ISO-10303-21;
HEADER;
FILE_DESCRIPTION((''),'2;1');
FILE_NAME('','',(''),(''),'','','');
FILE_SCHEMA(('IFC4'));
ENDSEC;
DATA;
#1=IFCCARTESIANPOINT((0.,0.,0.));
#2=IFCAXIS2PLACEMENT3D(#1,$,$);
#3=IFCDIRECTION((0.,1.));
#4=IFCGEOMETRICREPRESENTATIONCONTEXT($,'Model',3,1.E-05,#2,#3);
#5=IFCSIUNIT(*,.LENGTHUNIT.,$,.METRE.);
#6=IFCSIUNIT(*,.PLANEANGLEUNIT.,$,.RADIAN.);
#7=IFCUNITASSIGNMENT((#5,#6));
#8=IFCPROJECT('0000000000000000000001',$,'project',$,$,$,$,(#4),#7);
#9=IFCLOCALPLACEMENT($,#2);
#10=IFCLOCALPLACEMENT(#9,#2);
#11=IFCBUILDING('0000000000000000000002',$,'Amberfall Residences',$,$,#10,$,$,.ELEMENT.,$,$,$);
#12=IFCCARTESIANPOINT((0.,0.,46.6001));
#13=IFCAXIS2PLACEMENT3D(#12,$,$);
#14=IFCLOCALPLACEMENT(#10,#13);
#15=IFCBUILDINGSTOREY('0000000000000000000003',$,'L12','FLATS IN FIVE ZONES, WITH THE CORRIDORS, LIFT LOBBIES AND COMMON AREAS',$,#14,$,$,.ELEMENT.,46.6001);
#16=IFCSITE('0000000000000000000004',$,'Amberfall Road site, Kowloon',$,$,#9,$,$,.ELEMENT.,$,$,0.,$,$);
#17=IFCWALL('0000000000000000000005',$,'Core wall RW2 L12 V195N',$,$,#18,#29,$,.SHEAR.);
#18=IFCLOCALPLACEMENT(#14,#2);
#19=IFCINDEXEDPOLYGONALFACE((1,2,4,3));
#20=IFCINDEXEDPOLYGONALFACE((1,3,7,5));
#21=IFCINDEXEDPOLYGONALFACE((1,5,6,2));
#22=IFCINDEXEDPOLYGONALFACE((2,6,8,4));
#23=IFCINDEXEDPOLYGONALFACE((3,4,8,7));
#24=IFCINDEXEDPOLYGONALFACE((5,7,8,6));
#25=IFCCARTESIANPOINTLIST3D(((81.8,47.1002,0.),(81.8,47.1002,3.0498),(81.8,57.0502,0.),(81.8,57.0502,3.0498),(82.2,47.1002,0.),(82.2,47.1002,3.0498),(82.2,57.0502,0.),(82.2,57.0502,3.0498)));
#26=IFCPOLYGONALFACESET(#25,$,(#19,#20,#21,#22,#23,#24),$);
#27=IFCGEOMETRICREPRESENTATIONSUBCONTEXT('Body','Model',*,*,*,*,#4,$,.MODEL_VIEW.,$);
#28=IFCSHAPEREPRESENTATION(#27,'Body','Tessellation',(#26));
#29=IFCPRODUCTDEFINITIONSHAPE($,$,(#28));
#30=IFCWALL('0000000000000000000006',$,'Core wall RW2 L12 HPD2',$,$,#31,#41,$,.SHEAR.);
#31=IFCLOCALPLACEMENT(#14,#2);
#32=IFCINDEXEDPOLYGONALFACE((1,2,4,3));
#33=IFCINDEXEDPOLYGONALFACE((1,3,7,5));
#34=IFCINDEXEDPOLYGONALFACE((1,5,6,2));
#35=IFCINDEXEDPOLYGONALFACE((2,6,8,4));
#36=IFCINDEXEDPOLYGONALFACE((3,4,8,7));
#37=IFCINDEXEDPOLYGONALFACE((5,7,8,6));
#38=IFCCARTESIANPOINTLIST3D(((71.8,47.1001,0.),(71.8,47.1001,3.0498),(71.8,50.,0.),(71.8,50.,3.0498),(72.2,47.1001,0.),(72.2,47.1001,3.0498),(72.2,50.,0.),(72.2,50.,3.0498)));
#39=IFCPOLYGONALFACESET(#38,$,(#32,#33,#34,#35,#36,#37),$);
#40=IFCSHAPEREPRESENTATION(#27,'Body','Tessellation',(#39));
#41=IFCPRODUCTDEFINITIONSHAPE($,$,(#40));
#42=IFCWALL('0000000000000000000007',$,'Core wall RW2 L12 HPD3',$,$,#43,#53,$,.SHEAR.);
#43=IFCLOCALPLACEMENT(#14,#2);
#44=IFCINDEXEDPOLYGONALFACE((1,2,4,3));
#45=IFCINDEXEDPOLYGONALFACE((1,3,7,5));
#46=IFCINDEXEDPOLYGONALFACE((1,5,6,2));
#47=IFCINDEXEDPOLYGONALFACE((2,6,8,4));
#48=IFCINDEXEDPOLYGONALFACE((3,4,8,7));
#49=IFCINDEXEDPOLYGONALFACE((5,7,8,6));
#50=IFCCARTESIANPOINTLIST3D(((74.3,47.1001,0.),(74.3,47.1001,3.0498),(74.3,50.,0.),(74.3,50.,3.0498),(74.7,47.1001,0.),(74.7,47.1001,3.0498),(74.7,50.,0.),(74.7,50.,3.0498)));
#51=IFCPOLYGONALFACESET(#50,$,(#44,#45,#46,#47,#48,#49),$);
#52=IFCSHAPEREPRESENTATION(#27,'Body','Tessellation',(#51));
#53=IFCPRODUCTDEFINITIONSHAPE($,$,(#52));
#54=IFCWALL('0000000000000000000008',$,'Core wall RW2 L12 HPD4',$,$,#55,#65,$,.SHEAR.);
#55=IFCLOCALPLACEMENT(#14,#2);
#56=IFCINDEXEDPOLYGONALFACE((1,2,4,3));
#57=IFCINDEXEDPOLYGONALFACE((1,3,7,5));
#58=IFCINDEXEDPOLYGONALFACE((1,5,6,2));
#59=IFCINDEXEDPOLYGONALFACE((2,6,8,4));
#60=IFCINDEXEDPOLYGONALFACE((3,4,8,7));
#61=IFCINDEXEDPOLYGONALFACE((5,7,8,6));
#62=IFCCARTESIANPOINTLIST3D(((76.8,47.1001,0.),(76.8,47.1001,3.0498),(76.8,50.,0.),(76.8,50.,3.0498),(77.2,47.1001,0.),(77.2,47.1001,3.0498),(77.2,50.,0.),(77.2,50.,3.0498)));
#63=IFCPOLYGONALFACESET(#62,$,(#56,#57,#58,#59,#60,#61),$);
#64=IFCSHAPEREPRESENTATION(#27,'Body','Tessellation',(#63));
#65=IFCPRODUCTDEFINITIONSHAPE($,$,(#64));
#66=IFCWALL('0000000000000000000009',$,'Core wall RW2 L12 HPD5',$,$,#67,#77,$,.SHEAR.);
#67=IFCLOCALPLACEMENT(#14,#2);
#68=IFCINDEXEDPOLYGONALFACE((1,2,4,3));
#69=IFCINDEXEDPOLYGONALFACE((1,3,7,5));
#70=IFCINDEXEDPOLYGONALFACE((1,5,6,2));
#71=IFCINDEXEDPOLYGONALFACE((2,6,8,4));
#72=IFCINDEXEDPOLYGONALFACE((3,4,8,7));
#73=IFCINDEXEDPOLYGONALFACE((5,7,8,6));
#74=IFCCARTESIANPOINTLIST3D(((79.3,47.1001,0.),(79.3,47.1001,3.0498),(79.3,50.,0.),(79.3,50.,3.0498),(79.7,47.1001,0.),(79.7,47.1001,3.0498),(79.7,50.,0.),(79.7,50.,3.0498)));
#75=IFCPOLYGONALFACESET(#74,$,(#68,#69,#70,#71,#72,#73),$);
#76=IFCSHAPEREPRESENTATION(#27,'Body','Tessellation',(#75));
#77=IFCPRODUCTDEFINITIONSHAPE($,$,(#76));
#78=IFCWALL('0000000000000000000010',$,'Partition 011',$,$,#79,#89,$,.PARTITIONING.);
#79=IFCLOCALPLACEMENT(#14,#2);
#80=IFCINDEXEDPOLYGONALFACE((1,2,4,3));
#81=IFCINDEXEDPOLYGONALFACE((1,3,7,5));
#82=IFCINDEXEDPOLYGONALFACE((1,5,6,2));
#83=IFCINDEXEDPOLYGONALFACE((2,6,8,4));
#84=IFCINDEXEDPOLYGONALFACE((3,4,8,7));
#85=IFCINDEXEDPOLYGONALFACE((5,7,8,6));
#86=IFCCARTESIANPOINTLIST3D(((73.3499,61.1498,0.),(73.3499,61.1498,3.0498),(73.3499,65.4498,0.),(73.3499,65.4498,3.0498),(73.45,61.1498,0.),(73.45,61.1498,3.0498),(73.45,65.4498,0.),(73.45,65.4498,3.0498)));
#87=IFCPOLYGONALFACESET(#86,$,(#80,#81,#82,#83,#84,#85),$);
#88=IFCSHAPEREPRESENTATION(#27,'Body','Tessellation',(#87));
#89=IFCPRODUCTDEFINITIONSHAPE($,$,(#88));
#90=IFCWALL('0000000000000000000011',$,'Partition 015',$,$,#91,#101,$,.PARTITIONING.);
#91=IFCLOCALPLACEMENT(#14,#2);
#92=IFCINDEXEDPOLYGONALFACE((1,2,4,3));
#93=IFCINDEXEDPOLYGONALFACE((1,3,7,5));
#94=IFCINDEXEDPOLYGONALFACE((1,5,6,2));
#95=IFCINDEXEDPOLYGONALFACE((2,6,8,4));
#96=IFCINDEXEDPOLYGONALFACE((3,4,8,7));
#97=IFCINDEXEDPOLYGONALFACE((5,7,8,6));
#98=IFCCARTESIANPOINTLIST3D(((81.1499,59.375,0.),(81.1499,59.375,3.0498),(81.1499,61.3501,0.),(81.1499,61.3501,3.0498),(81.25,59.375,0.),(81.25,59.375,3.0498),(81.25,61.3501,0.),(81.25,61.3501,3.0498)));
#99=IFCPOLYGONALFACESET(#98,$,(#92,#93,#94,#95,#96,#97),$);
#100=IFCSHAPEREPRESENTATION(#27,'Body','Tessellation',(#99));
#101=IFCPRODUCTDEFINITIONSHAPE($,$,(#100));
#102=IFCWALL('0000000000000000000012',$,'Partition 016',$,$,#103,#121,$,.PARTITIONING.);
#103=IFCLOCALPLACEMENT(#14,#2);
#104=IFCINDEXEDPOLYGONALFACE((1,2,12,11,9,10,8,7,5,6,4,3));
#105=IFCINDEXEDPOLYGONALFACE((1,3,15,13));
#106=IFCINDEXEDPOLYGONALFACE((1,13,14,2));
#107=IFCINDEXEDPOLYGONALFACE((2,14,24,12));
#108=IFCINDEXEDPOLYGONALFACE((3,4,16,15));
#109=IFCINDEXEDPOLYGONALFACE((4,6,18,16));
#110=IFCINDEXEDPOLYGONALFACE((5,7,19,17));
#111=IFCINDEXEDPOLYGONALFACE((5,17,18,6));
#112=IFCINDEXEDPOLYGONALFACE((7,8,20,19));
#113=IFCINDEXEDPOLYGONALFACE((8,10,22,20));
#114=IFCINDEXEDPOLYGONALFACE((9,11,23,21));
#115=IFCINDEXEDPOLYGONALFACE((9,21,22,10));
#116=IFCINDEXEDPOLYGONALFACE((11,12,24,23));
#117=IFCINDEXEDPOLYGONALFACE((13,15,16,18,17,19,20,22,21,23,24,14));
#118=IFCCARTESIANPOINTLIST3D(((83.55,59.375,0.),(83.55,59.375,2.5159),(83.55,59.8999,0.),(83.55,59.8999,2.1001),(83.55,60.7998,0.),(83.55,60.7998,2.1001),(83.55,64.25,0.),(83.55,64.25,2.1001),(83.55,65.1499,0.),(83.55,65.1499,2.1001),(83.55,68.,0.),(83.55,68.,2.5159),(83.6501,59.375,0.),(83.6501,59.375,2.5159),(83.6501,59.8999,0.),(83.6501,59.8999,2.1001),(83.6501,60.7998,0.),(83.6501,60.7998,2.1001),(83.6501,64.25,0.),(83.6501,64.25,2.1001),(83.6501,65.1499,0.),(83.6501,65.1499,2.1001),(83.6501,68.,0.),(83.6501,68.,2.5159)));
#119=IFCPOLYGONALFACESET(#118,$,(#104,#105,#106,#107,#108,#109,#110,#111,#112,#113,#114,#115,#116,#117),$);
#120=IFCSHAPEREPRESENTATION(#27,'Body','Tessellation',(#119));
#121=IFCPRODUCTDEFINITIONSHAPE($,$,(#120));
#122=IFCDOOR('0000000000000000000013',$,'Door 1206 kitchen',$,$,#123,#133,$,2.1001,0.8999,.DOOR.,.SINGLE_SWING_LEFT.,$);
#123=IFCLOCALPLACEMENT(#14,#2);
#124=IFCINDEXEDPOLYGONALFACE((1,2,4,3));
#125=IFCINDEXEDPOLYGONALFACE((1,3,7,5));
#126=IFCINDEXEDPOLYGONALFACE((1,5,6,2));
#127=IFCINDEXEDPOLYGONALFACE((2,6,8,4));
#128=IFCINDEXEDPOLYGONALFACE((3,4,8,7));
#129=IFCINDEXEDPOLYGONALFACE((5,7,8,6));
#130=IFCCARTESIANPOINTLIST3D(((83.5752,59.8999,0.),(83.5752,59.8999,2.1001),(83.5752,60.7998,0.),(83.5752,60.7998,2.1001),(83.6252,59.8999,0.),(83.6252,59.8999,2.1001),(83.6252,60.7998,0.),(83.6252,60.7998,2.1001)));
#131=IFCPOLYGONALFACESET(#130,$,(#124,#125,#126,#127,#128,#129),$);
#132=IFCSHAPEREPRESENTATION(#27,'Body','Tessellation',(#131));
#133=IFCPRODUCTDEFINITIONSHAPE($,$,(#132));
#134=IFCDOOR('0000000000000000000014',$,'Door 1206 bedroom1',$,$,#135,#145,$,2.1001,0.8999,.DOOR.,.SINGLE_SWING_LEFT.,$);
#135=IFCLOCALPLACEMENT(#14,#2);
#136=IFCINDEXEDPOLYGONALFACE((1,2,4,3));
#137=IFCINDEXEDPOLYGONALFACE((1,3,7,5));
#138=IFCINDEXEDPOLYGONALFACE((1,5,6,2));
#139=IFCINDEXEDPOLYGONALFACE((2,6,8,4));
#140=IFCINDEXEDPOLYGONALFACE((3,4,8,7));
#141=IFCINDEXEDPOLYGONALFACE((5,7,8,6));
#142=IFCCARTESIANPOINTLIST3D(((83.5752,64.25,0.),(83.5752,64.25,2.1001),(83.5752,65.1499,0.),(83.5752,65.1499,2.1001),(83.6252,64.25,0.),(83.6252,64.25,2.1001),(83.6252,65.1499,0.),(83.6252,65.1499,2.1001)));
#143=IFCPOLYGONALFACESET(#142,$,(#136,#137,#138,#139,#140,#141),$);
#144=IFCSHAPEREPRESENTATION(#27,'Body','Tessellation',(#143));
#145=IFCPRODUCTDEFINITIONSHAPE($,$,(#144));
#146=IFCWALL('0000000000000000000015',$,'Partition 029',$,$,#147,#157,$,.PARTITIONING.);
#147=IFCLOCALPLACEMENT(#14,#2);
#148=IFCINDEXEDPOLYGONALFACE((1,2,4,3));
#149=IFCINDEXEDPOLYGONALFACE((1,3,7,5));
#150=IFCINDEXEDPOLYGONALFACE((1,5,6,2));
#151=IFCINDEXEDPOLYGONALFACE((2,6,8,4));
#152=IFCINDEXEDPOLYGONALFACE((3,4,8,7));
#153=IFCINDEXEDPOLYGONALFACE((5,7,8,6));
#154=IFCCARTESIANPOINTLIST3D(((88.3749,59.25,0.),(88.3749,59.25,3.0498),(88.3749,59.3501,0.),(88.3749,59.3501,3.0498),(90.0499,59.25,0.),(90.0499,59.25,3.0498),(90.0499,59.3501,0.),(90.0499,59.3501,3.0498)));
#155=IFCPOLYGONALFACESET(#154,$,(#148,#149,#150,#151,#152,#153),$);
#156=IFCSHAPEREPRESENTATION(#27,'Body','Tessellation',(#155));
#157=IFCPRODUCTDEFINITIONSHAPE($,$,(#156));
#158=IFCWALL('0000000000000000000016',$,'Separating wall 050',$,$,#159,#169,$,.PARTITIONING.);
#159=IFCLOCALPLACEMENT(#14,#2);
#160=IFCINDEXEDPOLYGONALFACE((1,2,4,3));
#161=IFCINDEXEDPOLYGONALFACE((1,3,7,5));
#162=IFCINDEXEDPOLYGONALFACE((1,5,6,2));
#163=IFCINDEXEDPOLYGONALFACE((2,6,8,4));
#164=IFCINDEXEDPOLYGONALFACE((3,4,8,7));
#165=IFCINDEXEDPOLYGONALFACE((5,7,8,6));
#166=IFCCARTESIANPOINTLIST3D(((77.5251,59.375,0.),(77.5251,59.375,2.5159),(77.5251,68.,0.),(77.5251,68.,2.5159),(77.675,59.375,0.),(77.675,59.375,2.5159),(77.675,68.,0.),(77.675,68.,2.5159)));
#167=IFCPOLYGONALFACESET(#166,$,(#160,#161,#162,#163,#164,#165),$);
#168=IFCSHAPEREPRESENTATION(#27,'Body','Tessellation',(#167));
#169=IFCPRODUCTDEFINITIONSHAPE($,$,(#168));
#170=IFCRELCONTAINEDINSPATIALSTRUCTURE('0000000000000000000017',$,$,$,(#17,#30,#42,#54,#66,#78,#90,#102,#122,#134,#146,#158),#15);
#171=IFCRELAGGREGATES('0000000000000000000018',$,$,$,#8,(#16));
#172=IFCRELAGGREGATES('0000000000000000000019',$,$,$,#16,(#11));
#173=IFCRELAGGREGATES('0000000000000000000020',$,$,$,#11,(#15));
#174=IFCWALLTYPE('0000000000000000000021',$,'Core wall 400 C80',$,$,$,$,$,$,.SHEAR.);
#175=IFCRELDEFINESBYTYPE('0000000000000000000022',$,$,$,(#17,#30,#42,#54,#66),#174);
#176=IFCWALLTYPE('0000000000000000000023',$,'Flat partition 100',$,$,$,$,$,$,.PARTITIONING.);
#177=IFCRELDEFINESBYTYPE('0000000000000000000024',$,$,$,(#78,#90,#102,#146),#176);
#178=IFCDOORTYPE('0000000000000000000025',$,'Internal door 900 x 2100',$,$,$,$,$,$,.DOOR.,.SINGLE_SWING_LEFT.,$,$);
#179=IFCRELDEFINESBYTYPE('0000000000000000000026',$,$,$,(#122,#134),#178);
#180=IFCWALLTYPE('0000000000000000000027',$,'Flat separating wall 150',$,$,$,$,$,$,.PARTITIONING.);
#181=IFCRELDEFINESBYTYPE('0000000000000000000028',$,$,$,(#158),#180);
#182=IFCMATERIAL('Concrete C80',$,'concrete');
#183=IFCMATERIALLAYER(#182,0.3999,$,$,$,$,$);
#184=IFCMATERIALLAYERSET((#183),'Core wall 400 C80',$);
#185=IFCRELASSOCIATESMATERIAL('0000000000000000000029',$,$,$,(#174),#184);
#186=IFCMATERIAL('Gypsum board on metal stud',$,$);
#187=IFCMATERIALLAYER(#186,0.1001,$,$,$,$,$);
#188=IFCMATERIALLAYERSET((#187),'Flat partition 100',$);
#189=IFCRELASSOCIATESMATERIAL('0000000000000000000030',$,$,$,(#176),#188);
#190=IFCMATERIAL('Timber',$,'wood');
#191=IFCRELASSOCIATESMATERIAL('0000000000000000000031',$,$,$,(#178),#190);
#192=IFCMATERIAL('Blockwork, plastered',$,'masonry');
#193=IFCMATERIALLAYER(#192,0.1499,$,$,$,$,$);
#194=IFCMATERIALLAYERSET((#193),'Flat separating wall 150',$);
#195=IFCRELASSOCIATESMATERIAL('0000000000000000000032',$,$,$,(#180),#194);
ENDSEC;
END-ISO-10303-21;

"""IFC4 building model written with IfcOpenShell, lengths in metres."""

from ifc_helpers import new_model, si_unit, direction, frame, frame_2d, origin, place, context, subcontext, project, spatial, rectangle, extrude, material, layer, layer_set, type_object, element, fill, save


model = new_model("IFC4")

# Units and contexts
model_context = context("Model", 3, precision=1e-05, world=origin(), true_north=direction((0.0, 1.0)))
body_context = subcontext(model_context, "Body", "Model", "MODEL_VIEW")
ifc_project = project(units=[si_unit("LENGTHUNIT", "METRE"), si_unit("PLANEANGLEUNIT", "RADIAN")], contexts=[model_context])

# Site, building, storey
site_placement = place(None, origin())
site = spatial("IfcSite", under=ifc_project, at=site_placement, Name="Amberfall Road site, Kowloon", CompositionType="ELEMENT", RefElevation=0.0)
building_placement = place(site_placement, origin())
building = spatial("IfcBuilding", under=site, at=building_placement, Name="Amberfall Residences", CompositionType="ELEMENT")
storey_placement = place(building_placement, frame((0.0, 0.0, 46.6001)))
storey = spatial("IfcBuildingStorey", under=building, at=storey_placement, Name="L12", Description="FLATS IN FIVE ZONES, WITH THE CORRIDORS, LIFT LOBBIES AND COMMON AREAS", CompositionType="ELEMENT", Elevation=46.6001)

# Walls
ifc_material_1 = material(Name="Concrete C80", Category="concrete")
ifc_layer_1 = layer(ifc_material_1, 0.3999)
ifc_layer_set_1 = layer_set([ifc_layer_1], Name="Core wall 400 C80")
wall_type_1 = type_object("IfcWallType", Name="Core wall 400 C80", PredefinedType="SHEAR", material=ifc_layer_set_1)
wall_1_placement = place(storey_placement, frame((82.0, 47.1001, 0.0), z_axis=(0.0, 0.0, 1.0), x_axis=(0.0, 1.0, 0.0)))
element("IfcWall", 1, at=wall_1_placement, inside=storey, type_object=wall_type_1, Name="Core wall RW2 L12 V195N", PredefinedType="SHEAR", context=body_context, shape_type="SweptSolid", body=[
    extrude(rectangle(XDim=9.95, YDim=0.3999, at=frame_2d((4.9751, 0.0))), origin(), (0.0, 0.0, 1.0), 3.0498),
])
for number, where, z_axis, x_axis, name in (
    (2, (72.0, 47.1001, 0.0), (0.0, 0.0, 1.0), (0.0, 1.0, 0.0), "Core wall RW2 L12 HPD2"),
    (3, (74.5, 47.1001, 0.0), (0.0, 0.0, 1.0), (0.0, 1.0, 0.0), "Core wall RW2 L12 HPD3"),
    (4, (77.0, 47.1001, 0.0), (0.0, 0.0, 1.0), (0.0, 1.0, 0.0), "Core wall RW2 L12 HPD4"),
    (5, (79.5, 47.1001, 0.0), (0.0, 0.0, 1.0), (0.0, 1.0, 0.0), "Core wall RW2 L12 HPD5"),
):
    element("IfcWall", number, at=place(storey_placement, frame(where, z_axis=z_axis, x_axis=x_axis)), inside=storey, type_object=wall_type_1, Name=name, PredefinedType="SHEAR", context=body_context, shape_type="SweptSolid", body=[
        extrude(rectangle(XDim=2.8999, YDim=0.3999, at=frame_2d((1.45, 0.0))), origin(), (0.0, 0.0, 1.0), 3.0498),
    ])
ifc_material_2 = material(Name="Gypsum board on metal stud")
ifc_layer_2 = layer(ifc_material_2, 0.1001)
ifc_layer_set_2 = layer_set([ifc_layer_2], Name="Flat partition 100")
wall_type_2 = type_object("IfcWallType", Name="Flat partition 100", PredefinedType="PARTITIONING", material=ifc_layer_set_2)
wall_2_placement = place(storey_placement, frame((73.3999, 61.1499, 0.0), z_axis=(0.0, 0.0, 1.0), x_axis=(0.0, 1.0, 0.0)))
element("IfcWall", 6, at=wall_2_placement, inside=storey, type_object=wall_type_2, Name="Partition 011", PredefinedType="PARTITIONING", context=body_context, shape_type="SweptSolid", body=[
    extrude(rectangle(XDim=4.3, YDim=0.1001, at=frame_2d((2.1499, 0.0))), origin(), (0.0, 0.0, 1.0), 3.0498),
])
wall_3_placement = place(storey_placement, frame((81.2, 59.375, 0.0), z_axis=(0.0, 0.0, 1.0), x_axis=(0.0, 1.0, 0.0)))
element("IfcWall", 7, at=wall_3_placement, inside=storey, type_object=wall_type_2, Name="Partition 015", PredefinedType="PARTITIONING", context=body_context, shape_type="SweptSolid", body=[
    extrude(rectangle(XDim=1.9751, YDim=0.1001, at=frame_2d((0.9875, 0.0))), origin(), (0.0, 0.0, 1.0), 3.0498),
])

# Wall, openings, doors
wall_4_placement = place(storey_placement, frame((83.6001, 59.375, 0.0), z_axis=(0.0, 0.0, 1.0), x_axis=(0.0, 1.0, 0.0)))
wall_4 = element("IfcWall", 8, at=wall_4_placement, inside=storey, type_object=wall_type_2, Name="Partition 016", PredefinedType="PARTITIONING", context=body_context, shape_type="SweptSolid", body=[
    extrude(rectangle(XDim=8.625, YDim=0.1001, at=frame_2d((4.3125, 0.0))), origin(), (0.0, 0.0, 1.0), 2.5159),
])
opening_1_placement = place(wall_4_placement, frame((0.5249, 0.0, 0.0)))
opening_1 = element("IfcOpeningElement", 9, at=opening_1_placement, cuts=wall_4, PredefinedType="OPENING", context=body_context, shape_type="SweptSolid", body=[
    extrude(rectangle(XDim=0.8999, YDim=2.1001, at=frame_2d((0.45, 1.05))), frame((0.0, 0.0601, 0.0), z_axis=(0.0, -1.0, 0.0), x_axis=(1.0, 0.0, 0.0)), (0.0, 0.0, 1.0), 0.1201),
])
opening_2_placement = place(wall_4_placement, frame((4.875, 0.0, 0.0)))
opening_2 = element("IfcOpeningElement", 10, at=opening_2_placement, cuts=wall_4, PredefinedType="OPENING", context=body_context, shape_type="SweptSolid", body=[
    extrude(rectangle(XDim=0.8999, YDim=2.1001, at=frame_2d((0.45, 1.05))), frame((0.0, 0.0601, 0.0), z_axis=(0.0, -1.0, 0.0), x_axis=(1.0, 0.0, 0.0)), (0.0, 0.0, 1.0), 0.1201),
])
ifc_material_3 = material(Name="Timber", Category="wood")
door_type_1 = type_object("IfcDoorType", Name="Internal door 900 x 2100", OperationType="SINGLE_SWING_LEFT", PredefinedType="DOOR", material=ifc_material_3)
door_1_placement = place(opening_1_placement, origin())
door_1 = element("IfcDoor", 11, at=door_1_placement, inside=storey, type_object=door_type_1, Name="Door 1206 kitchen", OperationType="SINGLE_SWING_LEFT", OverallHeight=2.1001, OverallWidth=0.8999, PredefinedType="DOOR", context=body_context, shape_type="SweptSolid", body=[
    extrude(rectangle(XDim=0.8999, YDim=2.1001, at=frame_2d((0.45, 1.05))), frame((0.0, 0.0249, 0.0), z_axis=(0.0, -1.0, 0.0), x_axis=(1.0, 0.0, 0.0)), (0.0, 0.0, 1.0), 0.05),
])
fill(opening_1, door_1)
door_2_placement = place(opening_2_placement, origin())
door_2 = element("IfcDoor", 12, at=door_2_placement, inside=storey, type_object=door_type_1, Name="Door 1206 bedroom1", OperationType="SINGLE_SWING_LEFT", OverallHeight=2.1001, OverallWidth=0.8999, PredefinedType="DOOR", context=body_context, shape_type="SweptSolid", body=[
    extrude(rectangle(XDim=0.8999, YDim=2.1001, at=frame_2d((0.45, 1.05))), frame((0.0, 0.0249, 0.0), z_axis=(0.0, -1.0, 0.0), x_axis=(1.0, 0.0, 0.0)), (0.0, 0.0, 1.0), 0.05),
])
fill(opening_2, door_2)

# Walls
wall_5_placement = place(storey_placement, frame((88.375, 59.3, 0.0), z_axis=(0.0, 0.0, 1.0), x_axis=(1.0, 0.0, 0.0)))
element("IfcWall", 13, at=wall_5_placement, inside=storey, type_object=wall_type_2, Name="Partition 029", PredefinedType="PARTITIONING", context=body_context, shape_type="SweptSolid", body=[
    extrude(rectangle(XDim=1.675, YDim=0.1001, at=frame_2d((0.8374, 0.0))), origin(), (0.0, 0.0, 1.0), 3.0498),
])
ifc_material_4 = material(Name="Blockwork, plastered", Category="masonry")
ifc_layer_3 = layer(ifc_material_4, 0.1499)
ifc_layer_set_3 = layer_set([ifc_layer_3], Name="Flat separating wall 150")
wall_type_3 = type_object("IfcWallType", Name="Flat separating wall 150", PredefinedType="PARTITIONING", material=ifc_layer_set_3)
wall_6_placement = place(storey_placement, frame((77.6001, 59.375, 0.0), z_axis=(0.0, 0.0, 1.0), x_axis=(0.0, 1.0, 0.0)))
element("IfcWall", 14, at=wall_6_placement, inside=storey, type_object=wall_type_3, Name="Separating wall 050", PredefinedType="PARTITIONING", context=body_context, shape_type="SweptSolid", body=[
    extrude(rectangle(XDim=8.625, YDim=0.1499, at=frame_2d((4.3125, 0.0))), origin(), (0.0, 0.0, 1.0), 2.5159),
])

save(model, "model.ifc")
